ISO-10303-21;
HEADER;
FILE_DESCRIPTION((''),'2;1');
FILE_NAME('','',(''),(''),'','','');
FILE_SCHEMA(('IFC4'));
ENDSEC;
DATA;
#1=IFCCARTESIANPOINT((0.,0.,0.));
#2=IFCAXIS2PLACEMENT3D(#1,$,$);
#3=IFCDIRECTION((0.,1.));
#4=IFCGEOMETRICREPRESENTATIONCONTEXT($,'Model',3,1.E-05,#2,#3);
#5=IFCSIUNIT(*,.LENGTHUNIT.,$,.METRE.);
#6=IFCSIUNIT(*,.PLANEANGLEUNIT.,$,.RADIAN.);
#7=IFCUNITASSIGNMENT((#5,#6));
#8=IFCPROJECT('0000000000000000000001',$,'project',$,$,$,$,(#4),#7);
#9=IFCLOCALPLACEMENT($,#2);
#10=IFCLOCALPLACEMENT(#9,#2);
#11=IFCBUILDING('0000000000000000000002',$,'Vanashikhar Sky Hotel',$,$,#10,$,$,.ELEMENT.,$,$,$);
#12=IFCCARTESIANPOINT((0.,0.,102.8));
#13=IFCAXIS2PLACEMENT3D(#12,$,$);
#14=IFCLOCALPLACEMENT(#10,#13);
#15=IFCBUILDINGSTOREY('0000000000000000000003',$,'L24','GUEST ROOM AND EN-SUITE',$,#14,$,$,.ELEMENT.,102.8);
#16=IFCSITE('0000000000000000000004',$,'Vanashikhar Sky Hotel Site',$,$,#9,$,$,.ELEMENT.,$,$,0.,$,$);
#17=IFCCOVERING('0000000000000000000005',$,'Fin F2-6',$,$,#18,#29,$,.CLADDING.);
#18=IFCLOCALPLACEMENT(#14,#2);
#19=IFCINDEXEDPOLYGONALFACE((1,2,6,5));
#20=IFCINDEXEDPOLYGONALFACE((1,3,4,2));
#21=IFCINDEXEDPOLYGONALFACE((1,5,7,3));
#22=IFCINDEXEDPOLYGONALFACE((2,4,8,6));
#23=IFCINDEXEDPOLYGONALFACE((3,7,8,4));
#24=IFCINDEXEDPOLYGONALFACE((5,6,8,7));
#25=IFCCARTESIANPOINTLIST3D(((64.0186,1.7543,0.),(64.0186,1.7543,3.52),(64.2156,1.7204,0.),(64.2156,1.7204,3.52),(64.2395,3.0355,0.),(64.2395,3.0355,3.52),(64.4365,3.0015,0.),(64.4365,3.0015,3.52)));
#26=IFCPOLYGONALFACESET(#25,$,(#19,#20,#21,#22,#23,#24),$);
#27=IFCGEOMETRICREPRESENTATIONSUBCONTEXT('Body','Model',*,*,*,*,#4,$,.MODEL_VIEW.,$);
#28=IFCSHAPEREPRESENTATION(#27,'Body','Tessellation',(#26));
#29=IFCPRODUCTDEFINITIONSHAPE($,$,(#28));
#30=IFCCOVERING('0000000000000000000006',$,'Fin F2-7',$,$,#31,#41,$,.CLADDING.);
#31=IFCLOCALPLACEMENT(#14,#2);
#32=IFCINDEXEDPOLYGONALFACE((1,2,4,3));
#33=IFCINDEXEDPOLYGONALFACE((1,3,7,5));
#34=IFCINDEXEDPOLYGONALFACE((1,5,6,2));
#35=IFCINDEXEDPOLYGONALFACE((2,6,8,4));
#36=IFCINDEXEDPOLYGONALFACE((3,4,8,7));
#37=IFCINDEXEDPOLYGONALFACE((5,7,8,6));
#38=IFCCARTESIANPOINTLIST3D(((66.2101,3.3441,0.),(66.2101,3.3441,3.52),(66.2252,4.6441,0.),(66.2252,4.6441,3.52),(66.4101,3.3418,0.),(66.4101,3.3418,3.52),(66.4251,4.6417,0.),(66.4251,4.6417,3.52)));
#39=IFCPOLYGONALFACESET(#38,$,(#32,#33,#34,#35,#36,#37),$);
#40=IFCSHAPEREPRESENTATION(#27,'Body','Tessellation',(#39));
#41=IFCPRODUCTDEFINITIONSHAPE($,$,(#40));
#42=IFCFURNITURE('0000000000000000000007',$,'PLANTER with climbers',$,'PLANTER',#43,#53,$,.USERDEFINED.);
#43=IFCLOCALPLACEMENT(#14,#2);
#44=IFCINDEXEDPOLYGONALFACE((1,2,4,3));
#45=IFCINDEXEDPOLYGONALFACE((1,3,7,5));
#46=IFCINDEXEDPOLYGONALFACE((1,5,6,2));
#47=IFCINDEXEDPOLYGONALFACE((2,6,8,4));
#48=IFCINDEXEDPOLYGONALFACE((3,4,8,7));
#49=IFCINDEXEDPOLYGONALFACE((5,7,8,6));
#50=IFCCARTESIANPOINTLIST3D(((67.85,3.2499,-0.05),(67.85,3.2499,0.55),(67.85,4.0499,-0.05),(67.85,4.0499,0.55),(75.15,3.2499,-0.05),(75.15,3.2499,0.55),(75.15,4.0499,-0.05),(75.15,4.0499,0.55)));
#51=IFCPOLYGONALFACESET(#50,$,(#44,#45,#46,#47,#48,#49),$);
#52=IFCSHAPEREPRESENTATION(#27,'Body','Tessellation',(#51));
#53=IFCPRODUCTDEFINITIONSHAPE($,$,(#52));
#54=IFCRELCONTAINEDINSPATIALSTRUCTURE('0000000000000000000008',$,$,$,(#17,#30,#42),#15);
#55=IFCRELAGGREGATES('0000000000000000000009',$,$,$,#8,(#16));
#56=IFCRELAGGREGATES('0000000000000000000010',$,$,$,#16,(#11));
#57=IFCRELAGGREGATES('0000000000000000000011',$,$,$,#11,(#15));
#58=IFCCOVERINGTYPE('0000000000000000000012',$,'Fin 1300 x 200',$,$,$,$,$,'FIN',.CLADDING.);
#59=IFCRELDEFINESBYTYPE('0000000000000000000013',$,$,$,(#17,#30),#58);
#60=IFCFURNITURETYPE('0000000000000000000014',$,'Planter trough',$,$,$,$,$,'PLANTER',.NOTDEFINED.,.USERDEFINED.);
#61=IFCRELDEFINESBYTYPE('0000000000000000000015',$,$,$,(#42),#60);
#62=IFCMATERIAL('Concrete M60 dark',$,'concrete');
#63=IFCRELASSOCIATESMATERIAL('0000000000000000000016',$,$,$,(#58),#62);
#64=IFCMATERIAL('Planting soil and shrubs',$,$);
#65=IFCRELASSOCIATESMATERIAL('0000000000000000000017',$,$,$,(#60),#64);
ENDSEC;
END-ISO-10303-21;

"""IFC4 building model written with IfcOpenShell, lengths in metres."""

from ifc_helpers import new_model, si_unit, direction, frame, origin, origin_2d, place, context, subcontext, project, spatial, rectangle, extrude, source, transform, mapped, material, material_profile, profile_set, type_object, element, save


model = new_model("IFC4")

# Units and contexts
model_context = context("Model", 3, precision=1e-05, world=origin(), true_north=direction((0.0, 1.0)))
body_context = subcontext(model_context, "Body", "Model", "MODEL_VIEW")
ifc_project = project(units=[si_unit("LENGTHUNIT", "METRE"), si_unit("PLANEANGLEUNIT", "RADIAN")], contexts=[model_context])

# Site, building, storey
site_placement = place(None, origin())
site = spatial("IfcSite", under=ifc_project, at=site_placement, Name="Vanashikhar Sky Hotel Site", CompositionType="ELEMENT", RefElevation=0.0)
building_placement = place(site_placement, origin())
building = spatial("IfcBuilding", under=site, at=building_placement, Name="Vanashikhar Sky Hotel", CompositionType="ELEMENT")
storey_placement = place(building_placement, frame((0.0, 0.0, 102.8)))
storey = spatial("IfcBuildingStorey", under=building, at=storey_placement, Name="L24", Description="GUEST ROOM AND EN-SUITE", CompositionType="ELEMENT", Elevation=102.8)

# Coverings
ifc_material_1 = material(Name="Concrete M60 dark", Category="concrete")
ifc_material_profile = material_profile(ifc_material_1, rectangle(XDim=1.3, YDim=0.2, at=origin_2d()))
ifc_profile_set = profile_set([ifc_material_profile], Name="Fin 1300 x 200")
covering_type_1 = type_object("IfcCoveringType", Name="Fin 1300 x 200", ElementType="FIN", PredefinedType="CLADDING", material=ifc_profile_set)
shared_shape_1 = source(origin(), body_context, "Body", "SweptSolid", [
    extrude(rectangle(XDim=1.3, YDim=0.2, at=origin_2d()), origin(), (0.0, 0.0, 1.0), 3.52),
])
for number, where, z_axis, x_axis, name in (
    (1, (64.2275, 2.3779, 0.0), (0.0, 0.0, 1.0), (-0.1699, -0.985461, 0.0), "Fin F2-6"),
    (2, (66.3176, 3.9929, 0.0), (0.0, 0.0, 1.0), (-0.011589, -0.999933, 0.0), "Fin F2-7"),
):
    element("IfcCovering", number, at=place(storey_placement, frame(where, z_axis=z_axis, x_axis=x_axis)), inside=storey, type_object=covering_type_1, Name=name, PredefinedType="CLADDING", context=body_context, shape_type="MappedRepresentation", body=[
        mapped(shared_shape_1, transform((0.0, 0.0, 0.0), scale=1.0)),
    ])

# Furniture
ifc_material_2 = material(Name="Planting soil and shrubs")
furniture_type = type_object("IfcFurnitureType", Name="Planter trough", ElementType="PLANTER", AssemblyPlace="NOTDEFINED", PredefinedType="USERDEFINED", material=ifc_material_2)
shared_shape_2 = source(origin(), body_context, "Body", "SweptSolid", [
    extrude(rectangle(XDim=7.3, YDim=0.8, at=origin_2d()), origin(), (0.0, 0.0, 1.0), 0.6001),
])
furniture_placement = place(storey_placement, frame((71.5, 3.6499, -0.05), z_axis=(0.0, 0.0, 1.0), x_axis=(1.0, 0.0, 0.0)))
element("IfcFurniture", 3, at=furniture_placement, inside=storey, type_object=furniture_type, Name="PLANTER with climbers", ObjectType="PLANTER", PredefinedType="USERDEFINED", context=body_context, shape_type="MappedRepresentation", body=[
    mapped(shared_shape_2, transform((0.0, 0.0, 0.0), scale=1.0)),
])

save(model, "model.ifc")
